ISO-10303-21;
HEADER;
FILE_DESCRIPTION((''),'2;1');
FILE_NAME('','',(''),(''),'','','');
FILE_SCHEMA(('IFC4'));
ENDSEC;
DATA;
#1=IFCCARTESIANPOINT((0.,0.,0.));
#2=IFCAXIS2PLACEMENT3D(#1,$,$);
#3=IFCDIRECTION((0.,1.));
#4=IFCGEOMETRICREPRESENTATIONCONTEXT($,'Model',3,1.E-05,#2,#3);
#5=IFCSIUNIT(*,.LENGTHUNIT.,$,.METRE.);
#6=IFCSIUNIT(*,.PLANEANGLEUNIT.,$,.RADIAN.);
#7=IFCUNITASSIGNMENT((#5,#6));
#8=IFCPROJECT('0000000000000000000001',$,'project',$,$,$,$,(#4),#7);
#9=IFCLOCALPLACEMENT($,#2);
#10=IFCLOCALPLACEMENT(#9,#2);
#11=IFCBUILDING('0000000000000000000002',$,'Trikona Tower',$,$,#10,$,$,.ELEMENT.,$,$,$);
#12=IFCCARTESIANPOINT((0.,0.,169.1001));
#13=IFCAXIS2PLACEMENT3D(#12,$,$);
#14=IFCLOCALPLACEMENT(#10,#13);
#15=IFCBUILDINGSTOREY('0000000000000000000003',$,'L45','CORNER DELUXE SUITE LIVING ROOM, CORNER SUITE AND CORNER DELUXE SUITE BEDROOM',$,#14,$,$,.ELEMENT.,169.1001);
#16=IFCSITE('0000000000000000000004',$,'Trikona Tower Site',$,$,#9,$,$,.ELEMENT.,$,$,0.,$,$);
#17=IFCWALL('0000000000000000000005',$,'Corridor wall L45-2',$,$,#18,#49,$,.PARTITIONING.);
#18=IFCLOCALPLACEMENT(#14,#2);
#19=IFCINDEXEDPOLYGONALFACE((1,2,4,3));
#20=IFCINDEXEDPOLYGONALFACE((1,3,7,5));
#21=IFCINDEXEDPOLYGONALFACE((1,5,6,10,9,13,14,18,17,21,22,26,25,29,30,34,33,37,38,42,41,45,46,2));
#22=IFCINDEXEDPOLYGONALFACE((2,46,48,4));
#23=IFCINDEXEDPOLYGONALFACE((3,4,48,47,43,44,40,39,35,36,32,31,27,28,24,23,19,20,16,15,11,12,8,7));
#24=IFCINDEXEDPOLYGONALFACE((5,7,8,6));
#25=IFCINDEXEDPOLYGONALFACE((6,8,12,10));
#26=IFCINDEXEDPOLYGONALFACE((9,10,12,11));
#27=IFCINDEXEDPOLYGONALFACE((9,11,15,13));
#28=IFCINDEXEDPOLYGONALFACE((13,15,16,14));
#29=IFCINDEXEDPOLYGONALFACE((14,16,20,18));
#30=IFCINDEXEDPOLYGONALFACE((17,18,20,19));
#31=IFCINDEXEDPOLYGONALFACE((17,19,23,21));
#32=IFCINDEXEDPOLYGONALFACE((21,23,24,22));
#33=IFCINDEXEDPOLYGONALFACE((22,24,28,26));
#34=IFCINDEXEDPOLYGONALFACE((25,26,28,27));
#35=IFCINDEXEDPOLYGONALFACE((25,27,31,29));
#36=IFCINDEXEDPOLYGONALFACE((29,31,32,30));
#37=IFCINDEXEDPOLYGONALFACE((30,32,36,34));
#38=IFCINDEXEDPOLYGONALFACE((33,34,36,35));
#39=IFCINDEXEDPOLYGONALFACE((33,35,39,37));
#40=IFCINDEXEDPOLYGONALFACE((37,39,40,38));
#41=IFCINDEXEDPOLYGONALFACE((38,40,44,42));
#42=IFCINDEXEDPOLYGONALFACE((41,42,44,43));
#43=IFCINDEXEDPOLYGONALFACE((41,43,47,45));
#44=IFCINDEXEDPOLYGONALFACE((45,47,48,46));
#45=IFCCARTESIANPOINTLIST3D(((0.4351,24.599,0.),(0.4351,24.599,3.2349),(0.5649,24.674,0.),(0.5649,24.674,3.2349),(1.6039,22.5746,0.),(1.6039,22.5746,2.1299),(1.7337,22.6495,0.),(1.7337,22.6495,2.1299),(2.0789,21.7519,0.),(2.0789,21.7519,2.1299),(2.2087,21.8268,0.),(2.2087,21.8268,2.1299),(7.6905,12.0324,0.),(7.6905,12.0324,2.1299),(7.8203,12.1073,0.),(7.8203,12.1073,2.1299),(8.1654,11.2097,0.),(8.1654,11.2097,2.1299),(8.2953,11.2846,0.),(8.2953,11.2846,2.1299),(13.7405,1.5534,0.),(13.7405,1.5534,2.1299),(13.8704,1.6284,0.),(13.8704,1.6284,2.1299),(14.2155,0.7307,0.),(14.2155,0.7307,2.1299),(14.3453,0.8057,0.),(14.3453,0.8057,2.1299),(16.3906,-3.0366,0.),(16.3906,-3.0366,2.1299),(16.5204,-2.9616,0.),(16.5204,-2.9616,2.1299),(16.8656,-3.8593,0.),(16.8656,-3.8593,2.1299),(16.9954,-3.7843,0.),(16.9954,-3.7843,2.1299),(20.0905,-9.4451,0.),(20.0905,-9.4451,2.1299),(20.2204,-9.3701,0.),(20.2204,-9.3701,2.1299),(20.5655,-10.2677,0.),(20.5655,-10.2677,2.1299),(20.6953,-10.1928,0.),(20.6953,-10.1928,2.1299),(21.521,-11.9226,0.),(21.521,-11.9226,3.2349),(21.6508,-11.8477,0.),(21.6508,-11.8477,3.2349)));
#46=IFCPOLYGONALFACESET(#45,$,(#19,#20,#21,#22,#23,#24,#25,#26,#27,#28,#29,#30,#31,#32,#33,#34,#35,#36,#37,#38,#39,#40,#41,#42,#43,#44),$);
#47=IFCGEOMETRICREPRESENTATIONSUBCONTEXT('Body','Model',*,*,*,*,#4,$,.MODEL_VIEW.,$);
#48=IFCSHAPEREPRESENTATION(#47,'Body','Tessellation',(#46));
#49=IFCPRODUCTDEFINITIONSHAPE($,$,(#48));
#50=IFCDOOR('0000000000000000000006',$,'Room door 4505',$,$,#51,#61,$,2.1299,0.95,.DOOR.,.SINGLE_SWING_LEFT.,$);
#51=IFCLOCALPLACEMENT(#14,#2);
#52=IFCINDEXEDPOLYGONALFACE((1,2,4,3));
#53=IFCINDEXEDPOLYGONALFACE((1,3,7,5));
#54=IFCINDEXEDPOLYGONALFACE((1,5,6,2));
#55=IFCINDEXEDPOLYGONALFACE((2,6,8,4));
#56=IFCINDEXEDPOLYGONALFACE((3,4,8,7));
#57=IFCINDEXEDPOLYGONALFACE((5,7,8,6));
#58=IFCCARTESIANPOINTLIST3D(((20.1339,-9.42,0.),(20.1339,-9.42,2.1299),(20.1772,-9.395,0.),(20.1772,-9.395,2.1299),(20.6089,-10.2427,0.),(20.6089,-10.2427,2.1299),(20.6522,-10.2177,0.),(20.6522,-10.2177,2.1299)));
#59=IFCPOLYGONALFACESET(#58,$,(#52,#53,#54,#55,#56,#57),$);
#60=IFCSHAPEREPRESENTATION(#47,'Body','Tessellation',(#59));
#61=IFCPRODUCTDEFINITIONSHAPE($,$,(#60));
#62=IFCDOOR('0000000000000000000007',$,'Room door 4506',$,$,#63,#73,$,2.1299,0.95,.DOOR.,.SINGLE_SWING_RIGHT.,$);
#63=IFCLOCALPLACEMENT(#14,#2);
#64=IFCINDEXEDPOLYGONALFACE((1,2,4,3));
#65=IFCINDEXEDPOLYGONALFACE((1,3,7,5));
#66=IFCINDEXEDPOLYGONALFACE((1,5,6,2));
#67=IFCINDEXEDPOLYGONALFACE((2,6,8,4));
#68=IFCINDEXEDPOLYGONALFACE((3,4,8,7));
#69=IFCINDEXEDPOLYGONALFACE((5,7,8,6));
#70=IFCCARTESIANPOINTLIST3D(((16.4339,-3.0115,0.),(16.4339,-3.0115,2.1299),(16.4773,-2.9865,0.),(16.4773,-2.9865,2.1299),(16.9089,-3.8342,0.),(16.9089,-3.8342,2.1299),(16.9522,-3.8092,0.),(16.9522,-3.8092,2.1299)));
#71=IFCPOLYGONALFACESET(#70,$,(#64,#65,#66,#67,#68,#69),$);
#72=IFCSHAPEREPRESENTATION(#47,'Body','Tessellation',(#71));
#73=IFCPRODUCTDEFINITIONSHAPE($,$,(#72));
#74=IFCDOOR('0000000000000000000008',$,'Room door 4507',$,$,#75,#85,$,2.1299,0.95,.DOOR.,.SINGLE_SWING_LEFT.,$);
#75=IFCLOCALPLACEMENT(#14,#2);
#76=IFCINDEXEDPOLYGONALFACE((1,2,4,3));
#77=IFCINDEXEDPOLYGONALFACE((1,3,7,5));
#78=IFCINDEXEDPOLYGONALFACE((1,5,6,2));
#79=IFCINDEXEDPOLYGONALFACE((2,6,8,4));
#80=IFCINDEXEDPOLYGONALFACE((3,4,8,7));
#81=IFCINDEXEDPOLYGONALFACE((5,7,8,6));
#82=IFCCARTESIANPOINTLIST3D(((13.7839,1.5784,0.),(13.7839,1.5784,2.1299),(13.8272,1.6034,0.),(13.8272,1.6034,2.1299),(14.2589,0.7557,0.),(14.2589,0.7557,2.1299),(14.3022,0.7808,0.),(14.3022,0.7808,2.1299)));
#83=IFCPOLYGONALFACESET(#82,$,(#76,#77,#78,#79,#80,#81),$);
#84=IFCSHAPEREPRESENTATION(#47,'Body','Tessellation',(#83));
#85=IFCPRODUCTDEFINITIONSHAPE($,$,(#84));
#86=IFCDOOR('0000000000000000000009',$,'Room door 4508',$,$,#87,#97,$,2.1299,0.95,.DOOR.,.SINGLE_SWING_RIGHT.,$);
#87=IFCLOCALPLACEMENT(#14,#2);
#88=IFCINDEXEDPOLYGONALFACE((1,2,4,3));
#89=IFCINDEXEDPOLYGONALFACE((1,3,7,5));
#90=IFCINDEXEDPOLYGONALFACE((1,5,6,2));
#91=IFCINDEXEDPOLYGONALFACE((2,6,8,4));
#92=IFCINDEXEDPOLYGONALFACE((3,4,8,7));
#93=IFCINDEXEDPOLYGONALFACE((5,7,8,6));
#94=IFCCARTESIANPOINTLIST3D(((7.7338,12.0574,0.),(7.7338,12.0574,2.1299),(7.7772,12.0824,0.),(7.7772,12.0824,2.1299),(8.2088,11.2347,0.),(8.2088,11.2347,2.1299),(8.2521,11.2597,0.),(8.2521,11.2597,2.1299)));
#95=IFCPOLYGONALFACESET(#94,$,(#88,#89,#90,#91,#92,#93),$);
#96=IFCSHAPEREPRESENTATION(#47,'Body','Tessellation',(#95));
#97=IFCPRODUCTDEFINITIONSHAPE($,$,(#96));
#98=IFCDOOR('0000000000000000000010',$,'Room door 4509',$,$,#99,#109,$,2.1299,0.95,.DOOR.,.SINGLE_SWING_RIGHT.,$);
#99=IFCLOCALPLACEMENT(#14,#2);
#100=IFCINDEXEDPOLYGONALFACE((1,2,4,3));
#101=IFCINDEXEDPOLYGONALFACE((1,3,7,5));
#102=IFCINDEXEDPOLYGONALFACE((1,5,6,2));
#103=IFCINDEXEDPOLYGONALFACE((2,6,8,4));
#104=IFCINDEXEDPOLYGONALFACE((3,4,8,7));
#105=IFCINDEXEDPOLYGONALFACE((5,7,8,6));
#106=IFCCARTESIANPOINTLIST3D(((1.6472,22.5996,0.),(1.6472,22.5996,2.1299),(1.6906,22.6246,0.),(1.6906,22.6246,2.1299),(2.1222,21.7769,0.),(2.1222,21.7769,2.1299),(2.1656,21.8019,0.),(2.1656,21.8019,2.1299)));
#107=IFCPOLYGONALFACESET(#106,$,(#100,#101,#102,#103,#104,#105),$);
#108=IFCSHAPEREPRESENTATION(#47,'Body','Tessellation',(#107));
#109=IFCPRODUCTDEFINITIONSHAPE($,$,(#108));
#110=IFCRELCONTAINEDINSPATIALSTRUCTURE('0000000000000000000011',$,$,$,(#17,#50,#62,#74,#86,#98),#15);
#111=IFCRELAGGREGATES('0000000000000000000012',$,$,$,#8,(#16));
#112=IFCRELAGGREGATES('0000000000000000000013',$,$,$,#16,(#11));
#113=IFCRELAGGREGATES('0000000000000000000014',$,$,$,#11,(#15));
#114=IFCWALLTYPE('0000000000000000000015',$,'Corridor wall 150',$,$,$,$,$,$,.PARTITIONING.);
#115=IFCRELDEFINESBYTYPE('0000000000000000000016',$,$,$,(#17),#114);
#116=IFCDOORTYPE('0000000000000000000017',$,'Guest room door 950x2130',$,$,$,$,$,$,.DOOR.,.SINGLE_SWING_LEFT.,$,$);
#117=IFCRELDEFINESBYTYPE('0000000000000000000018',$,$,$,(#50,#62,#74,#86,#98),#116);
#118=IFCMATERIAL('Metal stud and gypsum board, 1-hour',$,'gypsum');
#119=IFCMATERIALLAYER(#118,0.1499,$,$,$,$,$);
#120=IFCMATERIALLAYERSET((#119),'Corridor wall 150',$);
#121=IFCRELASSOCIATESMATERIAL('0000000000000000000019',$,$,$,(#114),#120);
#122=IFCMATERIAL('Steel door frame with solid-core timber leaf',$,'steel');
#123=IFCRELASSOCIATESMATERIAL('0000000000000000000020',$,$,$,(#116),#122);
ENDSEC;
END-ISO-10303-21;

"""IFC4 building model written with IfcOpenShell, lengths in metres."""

from ifc_helpers import new_model, si_unit, direction, frame, frame_2d, origin, place, context, subcontext, project, spatial, rectangle, extrude, material, layer, layer_set, type_object, element, fill, save


model = new_model("IFC4")

# Units and contexts
model_context = context("Model", 3, precision=1e-05, world=origin(), true_north=direction((0.0, 1.0)))
body_context = subcontext(model_context, "Body", "Model", "MODEL_VIEW")
ifc_project = project(units=[si_unit("LENGTHUNIT", "METRE"), si_unit("PLANEANGLEUNIT", "RADIAN")], contexts=[model_context])

# Site, building, storey
site_placement = place(None, origin())
site = spatial("IfcSite", under=ifc_project, at=site_placement, Name="Trikona Tower Site", CompositionType="ELEMENT", RefElevation=0.0)
building_placement = place(site_placement, origin())
building = spatial("IfcBuilding", under=site, at=building_placement, Name="Trikona Tower", CompositionType="ELEMENT")
storey_placement = place(building_placement, frame((0.0, 0.0, 169.1001)))
storey = spatial("IfcBuildingStorey", under=building, at=storey_placement, Name="L45", Description="CORNER DELUXE SUITE LIVING ROOM, CORNER SUITE AND CORNER DELUXE SUITE BEDROOM", CompositionType="ELEMENT", Elevation=169.1001)

# Wall, openings, doors
ifc_material_1 = material(Name="Metal stud and gypsum board, 1-hour", Category="gypsum")
ifc_layer_1 = layer(ifc_material_1, 0.1499)
ifc_layer_set_1 = layer_set([ifc_layer_1], Name="Corridor wall 150")
wall_type_1 = type_object("IfcWallType", Name="Corridor wall 150", PredefinedType="PARTITIONING", material=ifc_layer_set_1)
wall_1_placement = place(storey_placement, frame((21.5859, -11.8853, 0.0), z_axis=(0.0, 0.0, 1.0), x_axis=(-0.500002, 0.866024, 0.0)))
wall_1 = element("IfcWall", 1, at=wall_1_placement, inside=storey, type_object=wall_type_1, Name="Corridor wall L45-2", PredefinedType="PARTITIONING", context=body_context, shape_type="SweptSolid", body=[
    extrude(rectangle(XDim=42.1716, YDim=0.1499, at=frame_2d((21.0859, 0.0))), origin(), (0.0, 0.0, 1.0), 3.2349),
])
opening_1_placement = place(wall_1_placement, frame((1.9109, 0.0, 0.0)))
opening_1 = element("IfcOpeningElement", 2, at=opening_1_placement, cuts=wall_1, PredefinedType="OPENING", context=body_context, shape_type="SweptSolid", body=[
    extrude(rectangle(XDim=0.95, YDim=2.1299, at=frame_2d((0.4751, 1.0649))), frame((0.0, 0.085, 0.0), z_axis=(0.0, -1.0, 0.0), x_axis=(1.0, 0.0, 0.0)), (0.0, 0.0, 1.0), 0.1699),
])
opening_2_placement = place(wall_1_placement, frame((9.3108, 0.0, 0.0)))
opening_2 = element("IfcOpeningElement", 3, at=opening_2_placement, cuts=wall_1, PredefinedType="OPENING", context=body_context, shape_type="SweptSolid", body=[
    extrude(rectangle(XDim=0.95, YDim=2.1299, at=frame_2d((0.4751, 1.0649))), frame((0.0, 0.085, 0.0), z_axis=(0.0, -1.0, 0.0), x_axis=(1.0, 0.0, 0.0)), (0.0, 0.0, 1.0), 0.1699),
])
opening_3_placement = place(wall_1_placement, frame((14.6108, 0.0, 0.0)))
opening_3 = element("IfcOpeningElement", 4, at=opening_3_placement, cuts=wall_1, PredefinedType="OPENING", context=body_context, shape_type="SweptSolid", body=[
    extrude(rectangle(XDim=0.95, YDim=2.1299, at=frame_2d((0.4751, 1.0649))), frame((0.0, 0.085, 0.0), z_axis=(0.0, -1.0, 0.0), x_axis=(1.0, 0.0, 0.0)), (0.0, 0.0, 1.0), 0.1699),
])
opening_4_placement = place(wall_1_placement, frame((26.7109, 0.0, 0.0)))
opening_4 = element("IfcOpeningElement", 5, at=opening_4_placement, cuts=wall_1, PredefinedType="OPENING", context=body_context, shape_type="SweptSolid", body=[
    extrude(rectangle(XDim=0.95, YDim=2.1299, at=frame_2d((0.4751, 1.0649))), frame((0.0, 0.085, 0.0), z_axis=(0.0, -1.0, 0.0), x_axis=(1.0, 0.0, 0.0)), (0.0, 0.0, 1.0), 0.1699),
])
opening_5_placement = place(wall_1_placement, frame((38.884, 0.0, 0.0)))
opening_5 = element("IfcOpeningElement", 6, at=opening_5_placement, cuts=wall_1, PredefinedType="OPENING", context=body_context, shape_type="SweptSolid", body=[
    extrude(rectangle(XDim=0.95, YDim=2.1299, at=frame_2d((0.4751, 1.0649))), frame((0.0, 0.085, 0.0), z_axis=(0.0, -1.0, 0.0), x_axis=(1.0, 0.0, 0.0)), (0.0, 0.0, 1.0), 0.1699),
])
ifc_material_2 = material(Name="Steel door frame with solid-core timber leaf", Category="steel")
door_type = type_object("IfcDoorType", Name="Guest room door 950x2130", OperationType="SINGLE_SWING_LEFT", PredefinedType="DOOR", material=ifc_material_2)
door_1_placement = place(opening_1_placement, origin())
door_1 = element("IfcDoor", 7, at=door_1_placement, inside=storey, type_object=door_type, Name="Room door 4505", OperationType="SINGLE_SWING_LEFT", OverallHeight=2.1299, OverallWidth=0.95, PredefinedType="DOOR", context=body_context, shape_type="SweptSolid", body=[
    extrude(rectangle(XDim=0.95, YDim=2.1299, at=frame_2d((0.4751, 1.0649))), frame((0.0, 0.0249, 0.0), z_axis=(0.0, -1.0, 0.0), x_axis=(1.0, 0.0, 0.0)), (0.0, 0.0, 1.0), 0.05),
])
fill(opening_1, door_1)
door_2_placement = place(opening_2_placement, origin())
door_2 = element("IfcDoor", 8, at=door_2_placement, inside=storey, type_object=door_type, Name="Room door 4506", OperationType="SINGLE_SWING_RIGHT", OverallHeight=2.1299, OverallWidth=0.95, PredefinedType="DOOR", context=body_context, shape_type="SweptSolid", body=[
    extrude(rectangle(XDim=0.95, YDim=2.1299, at=frame_2d((0.4751, 1.0649))), frame((0.0, 0.0249, 0.0), z_axis=(0.0, -1.0, 0.0), x_axis=(1.0, 0.0, 0.0)), (0.0, 0.0, 1.0), 0.05),
])
fill(opening_2, door_2)
door_3_placement = place(opening_3_placement, origin())
door_3 = element("IfcDoor", 9, at=door_3_placement, inside=storey, type_object=door_type, Name="Room door 4507", OperationType="SINGLE_SWING_LEFT", OverallHeight=2.1299, OverallWidth=0.95, PredefinedType="DOOR", context=body_context, shape_type="SweptSolid", body=[
    extrude(rectangle(XDim=0.95, YDim=2.1299, at=frame_2d((0.4751, 1.0649))), frame((0.0, 0.0249, 0.0), z_axis=(0.0, -1.0, 0.0), x_axis=(1.0, 0.0, 0.0)), (0.0, 0.0, 1.0), 0.05),
])
fill(opening_3, door_3)
door_4_placement = place(opening_4_placement, origin())
door_4 = element("IfcDoor", 10, at=door_4_placement, inside=storey, type_object=door_type, Name="Room door 4508", OperationType="SINGLE_SWING_RIGHT", OverallHeight=2.1299, OverallWidth=0.95, PredefinedType="DOOR", context=body_context, shape_type="SweptSolid", body=[
    extrude(rectangle(XDim=0.95, YDim=2.1299, at=frame_2d((0.4751, 1.0649))), frame((0.0, 0.0249, 0.0), z_axis=(0.0, -1.0, 0.0), x_axis=(1.0, 0.0, 0.0)), (0.0, 0.0, 1.0), 0.05),
])
fill(opening_4, door_4)
door_5_placement = place(opening_5_placement, origin())
door_5 = element("IfcDoor", 11, at=door_5_placement, inside=storey, type_object=door_type, Name="Room door 4509", OperationType="SINGLE_SWING_RIGHT", OverallHeight=2.1299, OverallWidth=0.95, PredefinedType="DOOR", context=body_context, shape_type="SweptSolid", body=[
    extrude(rectangle(XDim=0.95, YDim=2.1299, at=frame_2d((0.4751, 1.0649))), frame((0.0, 0.0249, 0.0), z_axis=(0.0, -1.0, 0.0), x_axis=(1.0, 0.0, 0.0)), (0.0, 0.0, 1.0), 0.05),
])
fill(opening_5, door_5)

save(model, "model.ifc")
